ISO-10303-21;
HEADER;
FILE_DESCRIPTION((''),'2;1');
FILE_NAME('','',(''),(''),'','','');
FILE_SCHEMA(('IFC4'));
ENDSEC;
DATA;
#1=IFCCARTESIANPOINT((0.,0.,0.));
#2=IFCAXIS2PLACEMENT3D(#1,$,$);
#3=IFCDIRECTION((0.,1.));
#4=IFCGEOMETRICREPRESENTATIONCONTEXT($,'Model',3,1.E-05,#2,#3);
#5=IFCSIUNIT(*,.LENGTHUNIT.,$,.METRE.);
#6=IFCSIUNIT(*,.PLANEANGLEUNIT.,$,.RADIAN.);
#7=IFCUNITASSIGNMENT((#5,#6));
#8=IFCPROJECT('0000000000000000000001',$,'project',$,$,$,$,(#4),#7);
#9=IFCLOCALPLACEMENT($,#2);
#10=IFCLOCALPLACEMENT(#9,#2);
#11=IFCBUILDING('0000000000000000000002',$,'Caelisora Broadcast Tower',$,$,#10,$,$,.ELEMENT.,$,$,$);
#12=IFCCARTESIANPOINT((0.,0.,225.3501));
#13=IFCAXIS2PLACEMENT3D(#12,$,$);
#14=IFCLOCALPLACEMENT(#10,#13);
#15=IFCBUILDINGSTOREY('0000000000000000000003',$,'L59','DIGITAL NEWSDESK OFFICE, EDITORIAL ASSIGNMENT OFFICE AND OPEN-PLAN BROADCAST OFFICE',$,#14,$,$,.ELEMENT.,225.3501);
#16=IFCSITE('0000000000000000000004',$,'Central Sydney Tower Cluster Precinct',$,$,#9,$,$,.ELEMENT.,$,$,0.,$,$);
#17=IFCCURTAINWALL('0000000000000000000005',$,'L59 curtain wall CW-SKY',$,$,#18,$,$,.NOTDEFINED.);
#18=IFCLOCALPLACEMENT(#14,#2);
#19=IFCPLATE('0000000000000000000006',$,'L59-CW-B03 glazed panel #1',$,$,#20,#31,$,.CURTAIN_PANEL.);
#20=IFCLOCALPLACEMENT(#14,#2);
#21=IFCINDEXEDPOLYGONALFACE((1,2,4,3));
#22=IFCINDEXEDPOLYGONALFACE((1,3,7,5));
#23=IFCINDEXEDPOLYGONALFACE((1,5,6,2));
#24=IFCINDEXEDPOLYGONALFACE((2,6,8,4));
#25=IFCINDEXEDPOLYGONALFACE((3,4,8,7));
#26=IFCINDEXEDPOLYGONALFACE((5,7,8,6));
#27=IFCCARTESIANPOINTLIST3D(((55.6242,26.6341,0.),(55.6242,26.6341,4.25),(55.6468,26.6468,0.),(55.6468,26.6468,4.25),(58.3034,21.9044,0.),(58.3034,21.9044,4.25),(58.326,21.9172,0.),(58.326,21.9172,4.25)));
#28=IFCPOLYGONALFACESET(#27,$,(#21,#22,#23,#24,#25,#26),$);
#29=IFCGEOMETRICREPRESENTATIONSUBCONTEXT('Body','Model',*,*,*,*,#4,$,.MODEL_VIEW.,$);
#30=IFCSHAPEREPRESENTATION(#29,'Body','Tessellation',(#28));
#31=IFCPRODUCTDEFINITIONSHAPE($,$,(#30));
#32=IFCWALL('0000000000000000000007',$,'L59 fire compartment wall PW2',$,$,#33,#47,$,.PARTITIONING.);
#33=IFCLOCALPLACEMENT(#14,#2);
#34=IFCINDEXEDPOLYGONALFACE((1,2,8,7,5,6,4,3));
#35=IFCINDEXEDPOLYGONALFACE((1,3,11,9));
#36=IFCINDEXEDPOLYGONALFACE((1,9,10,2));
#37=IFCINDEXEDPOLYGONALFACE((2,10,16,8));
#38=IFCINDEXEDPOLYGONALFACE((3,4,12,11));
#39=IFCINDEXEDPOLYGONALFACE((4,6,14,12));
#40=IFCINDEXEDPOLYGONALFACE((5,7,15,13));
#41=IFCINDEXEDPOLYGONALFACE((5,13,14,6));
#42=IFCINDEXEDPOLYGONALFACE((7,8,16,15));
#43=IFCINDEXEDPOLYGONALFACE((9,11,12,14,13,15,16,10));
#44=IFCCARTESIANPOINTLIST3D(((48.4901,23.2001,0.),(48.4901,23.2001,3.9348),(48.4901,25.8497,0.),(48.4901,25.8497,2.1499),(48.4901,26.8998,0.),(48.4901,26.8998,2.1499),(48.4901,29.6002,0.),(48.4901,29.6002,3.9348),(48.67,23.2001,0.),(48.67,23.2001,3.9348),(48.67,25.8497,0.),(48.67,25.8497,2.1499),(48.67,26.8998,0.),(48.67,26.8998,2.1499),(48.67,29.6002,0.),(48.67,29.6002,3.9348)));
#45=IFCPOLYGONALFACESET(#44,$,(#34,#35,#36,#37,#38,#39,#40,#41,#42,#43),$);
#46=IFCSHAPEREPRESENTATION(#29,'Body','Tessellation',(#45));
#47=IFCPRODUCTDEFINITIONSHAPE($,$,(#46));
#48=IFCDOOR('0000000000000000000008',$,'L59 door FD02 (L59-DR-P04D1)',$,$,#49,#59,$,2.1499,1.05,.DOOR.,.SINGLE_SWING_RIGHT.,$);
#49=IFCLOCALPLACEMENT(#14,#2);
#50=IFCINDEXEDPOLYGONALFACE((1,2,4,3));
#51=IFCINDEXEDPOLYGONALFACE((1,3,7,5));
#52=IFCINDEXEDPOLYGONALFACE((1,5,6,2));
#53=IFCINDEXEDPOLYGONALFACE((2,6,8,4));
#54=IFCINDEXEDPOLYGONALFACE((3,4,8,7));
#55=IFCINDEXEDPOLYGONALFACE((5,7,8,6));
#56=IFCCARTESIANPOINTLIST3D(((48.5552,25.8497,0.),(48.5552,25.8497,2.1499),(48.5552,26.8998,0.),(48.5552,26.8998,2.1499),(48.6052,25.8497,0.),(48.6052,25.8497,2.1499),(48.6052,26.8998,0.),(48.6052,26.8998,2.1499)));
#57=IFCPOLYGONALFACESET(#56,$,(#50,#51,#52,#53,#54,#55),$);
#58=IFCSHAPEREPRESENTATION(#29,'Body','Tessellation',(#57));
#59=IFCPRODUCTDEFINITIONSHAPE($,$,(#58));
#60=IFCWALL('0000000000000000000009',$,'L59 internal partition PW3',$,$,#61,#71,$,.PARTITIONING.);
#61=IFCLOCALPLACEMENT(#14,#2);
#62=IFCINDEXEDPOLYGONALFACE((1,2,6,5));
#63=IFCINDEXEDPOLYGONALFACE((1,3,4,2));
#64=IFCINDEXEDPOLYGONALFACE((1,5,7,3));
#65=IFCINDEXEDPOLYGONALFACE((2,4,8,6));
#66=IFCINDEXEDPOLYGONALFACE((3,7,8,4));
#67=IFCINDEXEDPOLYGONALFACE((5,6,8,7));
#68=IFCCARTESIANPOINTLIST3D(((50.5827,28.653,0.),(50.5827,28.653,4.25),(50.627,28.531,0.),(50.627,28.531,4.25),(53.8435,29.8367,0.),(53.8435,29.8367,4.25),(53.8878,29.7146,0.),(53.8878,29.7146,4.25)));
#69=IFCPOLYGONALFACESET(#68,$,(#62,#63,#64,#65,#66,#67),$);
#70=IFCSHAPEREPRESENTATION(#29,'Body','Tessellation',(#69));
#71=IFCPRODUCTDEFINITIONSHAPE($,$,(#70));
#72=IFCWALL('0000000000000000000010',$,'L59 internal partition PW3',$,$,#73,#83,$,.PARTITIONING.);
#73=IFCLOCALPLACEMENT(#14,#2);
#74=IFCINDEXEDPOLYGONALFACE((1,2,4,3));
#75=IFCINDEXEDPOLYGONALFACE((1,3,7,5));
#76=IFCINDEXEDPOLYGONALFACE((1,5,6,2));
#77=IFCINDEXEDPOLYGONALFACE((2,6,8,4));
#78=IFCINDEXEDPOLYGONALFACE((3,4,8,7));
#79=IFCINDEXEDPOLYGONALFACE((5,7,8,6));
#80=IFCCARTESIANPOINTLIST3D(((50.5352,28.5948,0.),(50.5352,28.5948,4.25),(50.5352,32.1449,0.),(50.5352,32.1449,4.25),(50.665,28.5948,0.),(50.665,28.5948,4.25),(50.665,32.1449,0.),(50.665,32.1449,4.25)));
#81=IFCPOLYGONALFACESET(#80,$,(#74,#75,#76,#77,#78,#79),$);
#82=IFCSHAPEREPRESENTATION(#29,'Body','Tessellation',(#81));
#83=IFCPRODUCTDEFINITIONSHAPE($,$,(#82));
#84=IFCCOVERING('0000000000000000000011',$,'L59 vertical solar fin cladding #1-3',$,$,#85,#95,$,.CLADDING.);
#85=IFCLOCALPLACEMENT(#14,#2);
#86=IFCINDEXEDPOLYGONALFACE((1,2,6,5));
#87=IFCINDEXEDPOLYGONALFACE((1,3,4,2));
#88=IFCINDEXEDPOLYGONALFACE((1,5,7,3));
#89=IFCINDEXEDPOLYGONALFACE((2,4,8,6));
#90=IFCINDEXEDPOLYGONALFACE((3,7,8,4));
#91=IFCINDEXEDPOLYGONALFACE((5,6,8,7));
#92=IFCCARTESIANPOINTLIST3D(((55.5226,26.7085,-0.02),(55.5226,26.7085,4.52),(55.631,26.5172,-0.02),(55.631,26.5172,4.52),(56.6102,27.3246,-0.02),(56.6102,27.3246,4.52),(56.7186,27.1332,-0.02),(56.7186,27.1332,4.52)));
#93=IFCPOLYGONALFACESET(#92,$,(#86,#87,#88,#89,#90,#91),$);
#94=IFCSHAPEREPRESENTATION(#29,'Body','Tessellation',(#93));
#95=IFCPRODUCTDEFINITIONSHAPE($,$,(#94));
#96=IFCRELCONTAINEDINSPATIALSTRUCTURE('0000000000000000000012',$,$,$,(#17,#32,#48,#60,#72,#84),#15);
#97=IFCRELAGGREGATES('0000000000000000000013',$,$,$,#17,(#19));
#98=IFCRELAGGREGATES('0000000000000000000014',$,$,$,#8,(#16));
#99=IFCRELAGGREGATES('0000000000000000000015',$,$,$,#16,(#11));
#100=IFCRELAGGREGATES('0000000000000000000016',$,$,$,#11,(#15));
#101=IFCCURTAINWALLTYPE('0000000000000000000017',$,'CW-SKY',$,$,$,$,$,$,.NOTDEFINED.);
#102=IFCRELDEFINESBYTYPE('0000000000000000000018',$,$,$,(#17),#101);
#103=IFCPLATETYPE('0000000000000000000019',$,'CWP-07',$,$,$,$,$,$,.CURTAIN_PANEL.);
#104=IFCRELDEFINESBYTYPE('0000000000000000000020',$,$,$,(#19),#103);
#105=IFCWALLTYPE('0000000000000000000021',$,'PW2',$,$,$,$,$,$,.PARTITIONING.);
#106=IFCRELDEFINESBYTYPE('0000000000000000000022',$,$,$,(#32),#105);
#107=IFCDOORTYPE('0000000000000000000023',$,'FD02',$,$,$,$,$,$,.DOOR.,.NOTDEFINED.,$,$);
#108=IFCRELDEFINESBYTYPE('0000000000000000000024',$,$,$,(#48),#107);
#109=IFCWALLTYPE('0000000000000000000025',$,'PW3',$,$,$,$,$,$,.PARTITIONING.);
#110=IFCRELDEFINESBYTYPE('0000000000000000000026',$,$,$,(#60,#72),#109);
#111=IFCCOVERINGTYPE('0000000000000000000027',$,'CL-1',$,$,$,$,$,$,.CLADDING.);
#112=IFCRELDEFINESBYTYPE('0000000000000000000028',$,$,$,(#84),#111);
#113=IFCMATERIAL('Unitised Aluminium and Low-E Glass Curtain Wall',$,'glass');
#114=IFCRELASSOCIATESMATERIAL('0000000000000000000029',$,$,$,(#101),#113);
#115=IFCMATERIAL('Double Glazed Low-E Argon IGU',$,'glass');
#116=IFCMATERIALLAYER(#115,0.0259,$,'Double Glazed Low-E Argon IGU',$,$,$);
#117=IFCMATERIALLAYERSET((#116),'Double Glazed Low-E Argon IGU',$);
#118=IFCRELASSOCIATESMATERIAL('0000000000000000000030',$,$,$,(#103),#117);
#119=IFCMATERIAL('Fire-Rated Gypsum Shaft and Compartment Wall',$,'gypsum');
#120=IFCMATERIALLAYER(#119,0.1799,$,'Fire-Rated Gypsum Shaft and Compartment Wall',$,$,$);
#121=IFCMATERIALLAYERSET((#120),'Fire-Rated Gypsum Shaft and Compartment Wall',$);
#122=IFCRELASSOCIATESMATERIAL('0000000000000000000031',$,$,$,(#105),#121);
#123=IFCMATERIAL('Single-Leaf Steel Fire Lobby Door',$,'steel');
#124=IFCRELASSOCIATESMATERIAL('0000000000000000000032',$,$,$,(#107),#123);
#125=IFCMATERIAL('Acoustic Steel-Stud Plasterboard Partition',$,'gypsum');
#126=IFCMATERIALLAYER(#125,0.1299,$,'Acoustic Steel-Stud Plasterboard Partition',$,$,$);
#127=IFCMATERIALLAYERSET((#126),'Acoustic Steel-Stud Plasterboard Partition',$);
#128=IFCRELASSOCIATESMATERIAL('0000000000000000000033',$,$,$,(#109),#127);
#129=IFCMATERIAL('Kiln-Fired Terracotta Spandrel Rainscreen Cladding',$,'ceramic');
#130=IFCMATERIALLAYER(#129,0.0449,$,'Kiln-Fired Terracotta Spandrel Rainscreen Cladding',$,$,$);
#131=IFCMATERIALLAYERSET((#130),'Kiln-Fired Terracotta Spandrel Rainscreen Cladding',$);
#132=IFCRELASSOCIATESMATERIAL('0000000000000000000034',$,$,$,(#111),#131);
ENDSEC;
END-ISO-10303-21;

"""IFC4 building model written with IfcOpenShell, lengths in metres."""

from ifc_helpers import new_model, si_unit, direction, frame, frame_2d, origin, origin_2d, place, context, subcontext, project, spatial, rectangle, extrude, source, transform, mapped, material, layer, layer_set, type_object, type_shapes, element, fill, aggregate, save


model = new_model("IFC4")

# Units and contexts
model_context = context("Model", 3, precision=1e-05, world=origin(), true_north=direction((0.0, 1.0)))
body_context = subcontext(model_context, "Body", "Model", "MODEL_VIEW")
ifc_project = project(units=[si_unit("LENGTHUNIT", "METRE"), si_unit("PLANEANGLEUNIT", "RADIAN")], contexts=[model_context])

# Site, building, storey
site_placement = place(None, origin())
site = spatial("IfcSite", under=ifc_project, at=site_placement, Name="Central Sydney Tower Cluster Precinct", CompositionType="ELEMENT", RefElevation=0.0)
building_placement = place(site_placement, origin())
building = spatial("IfcBuilding", under=site, at=building_placement, Name="Caelisora Broadcast Tower", CompositionType="ELEMENT")
storey_placement = place(building_placement, frame((0.0, 0.0, 225.3501)))
storey = spatial("IfcBuildingStorey", under=building, at=storey_placement, Name="L59", Description="DIGITAL NEWSDESK OFFICE, EDITORIAL ASSIGNMENT OFFICE AND OPEN-PLAN BROADCAST OFFICE", CompositionType="ELEMENT", Elevation=225.3501)

# Curtain wall
ifc_material_1 = material(Name="Unitised Aluminium and Low-E Glass Curtain Wall", Category="glass")
curtain_wall_type_1 = type_object("IfcCurtainWallType", Name="CW-SKY", PredefinedType="NOTDEFINED", material=ifc_material_1)
curtain_wall_1_placement = place(storey_placement, origin())
curtain_wall_1 = element("IfcCurtainWall", 1, at=curtain_wall_1_placement, inside=storey, type_object=curtain_wall_type_1, Name="L59 curtain wall CW-SKY", PredefinedType="NOTDEFINED")

# Plate
ifc_material_2 = material(Name="Double Glazed Low-E Argon IGU", Category="glass")
ifc_layer_1 = layer(ifc_material_2, 0.0259, Name="Double Glazed Low-E Argon IGU")
ifc_layer_set_1 = layer_set([ifc_layer_1], Name="Double Glazed Low-E Argon IGU")
plate_type_1 = type_object("IfcPlateType", Name="CWP-07", PredefinedType="CURTAIN_PANEL", material=ifc_layer_set_1)
shared_shape_1 = source(origin(), body_context, "Body", "SweptSolid", [
    extrude(rectangle(XDim=5.4358, YDim=0.0259, at=origin_2d()), origin(), (0.0, 0.0, 1.0), 4.25),
])
type_shapes(plate_type_1, [shared_shape_1])
plate_1_placement = place(storey_placement, frame((56.9751, 24.2756, 0.0), z_axis=(0.0, 0.0, 1.0), x_axis=(0.492879, -0.870098, 0.0)))
plate_1 = element("IfcPlate", 2, at=plate_1_placement, type_object=plate_type_1, Name="L59-CW-B03 glazed panel #1", PredefinedType="CURTAIN_PANEL", context=body_context, shape_type="MappedRepresentation", body=[
    mapped(shared_shape_1, transform((0.0, 0.0, 0.0), scale=1.0)),
])
aggregate(curtain_wall_1, [plate_1])

# Wall, opening, door
ifc_material_3 = material(Name="Fire-Rated Gypsum Shaft and Compartment Wall", Category="gypsum")
ifc_layer_2 = layer(ifc_material_3, 0.1799, Name="Fire-Rated Gypsum Shaft and Compartment Wall")
ifc_layer_set_2 = layer_set([ifc_layer_2], Name="Fire-Rated Gypsum Shaft and Compartment Wall")
wall_type_1 = type_object("IfcWallType", Name="PW2", PredefinedType="PARTITIONING", material=ifc_layer_set_2)
wall_1_placement = place(storey_placement, frame((48.5801, 23.2, 0.0), z_axis=(0.0, 0.0, 1.0), x_axis=(0.0, 1.0, 0.0)))
wall_1 = element("IfcWall", 3, at=wall_1_placement, inside=storey, type_object=wall_type_1, Name="L59 fire compartment wall PW2", PredefinedType="PARTITIONING", context=body_context, shape_type="SweptSolid", body=[
    extrude(rectangle(XDim=6.4001, YDim=0.1799, at=frame_2d((3.2002, 0.0))), origin(), (0.0, 0.0, 1.0), 3.9348),
])
opening_placement = place(wall_1_placement, frame((2.6499, 0.0, 0.0)))
opening = element("IfcOpeningElement", 4, at=opening_placement, cuts=wall_1, PredefinedType="OPENING", context=body_context, shape_type="SweptSolid", body=[
    extrude(rectangle(XDim=1.05, YDim=2.1499, at=frame_2d((0.5249, 1.075))), frame((0.0, 0.1021, 0.0), z_axis=(0.0, -1.0, 0.0), x_axis=(1.0, 0.0, 0.0)), (0.0, 0.0, 1.0), 0.2039),
])
ifc_material_4 = material(Name="Single-Leaf Steel Fire Lobby Door", Category="steel")
door_type = type_object("IfcDoorType", Name="FD02", OperationType="NOTDEFINED", PredefinedType="DOOR", material=ifc_material_4)
door_placement = place(opening_placement, origin())
door = element("IfcDoor", 5, at=door_placement, inside=storey, type_object=door_type, Name="L59 door FD02 (L59-DR-P04D1)", OperationType="SINGLE_SWING_RIGHT", OverallHeight=2.1499, OverallWidth=1.05, PredefinedType="DOOR", context=body_context, shape_type="SweptSolid", body=[
    extrude(rectangle(XDim=1.05, YDim=2.1499, at=frame_2d((0.5249, 1.075))), frame((0.0, 0.0249, 0.0), z_axis=(0.0, -1.0, 0.0), x_axis=(1.0, 0.0, 0.0)), (0.0, 0.0, 1.0), 0.05),
])
fill(opening, door)

# Walls
ifc_material_5 = material(Name="Acoustic Steel-Stud Plasterboard Partition", Category="gypsum")
ifc_layer_3 = layer(ifc_material_5, 0.1299, Name="Acoustic Steel-Stud Plasterboard Partition")
ifc_layer_set_3 = layer_set([ifc_layer_3], Name="Acoustic Steel-Stud Plasterboard Partition")
wall_type_2 = type_object("IfcWallType", Name="PW3", PredefinedType="PARTITIONING", material=ifc_layer_set_3)
wall_2_placement = place(storey_placement, frame((50.605, 28.592, 0.0), z_axis=(0.0, 0.0, 1.0), x_axis=(0.939991, 0.341201, 0.0)))
element("IfcWall", 6, at=wall_2_placement, inside=storey, type_object=wall_type_2, Name="L59 internal partition PW3", PredefinedType="PARTITIONING", context=body_context, shape_type="SweptSolid", body=[
    extrude(rectangle(XDim=3.469, YDim=0.1299, at=frame_2d((1.7344, 0.0))), origin(), (0.0, 0.0, 1.0), 4.25),
])
wall_3_placement = place(storey_placement, frame((50.6001, 28.595, 0.0), z_axis=(0.0, 0.0, 1.0), x_axis=(0.0, 1.0, 0.0)))
element("IfcWall", 7, at=wall_3_placement, inside=storey, type_object=wall_type_2, Name="L59 internal partition PW3", PredefinedType="PARTITIONING", context=body_context, shape_type="SweptSolid", body=[
    extrude(rectangle(XDim=3.55, YDim=0.1299, at=frame_2d((1.7749, 0.0))), origin(), (0.0, 0.0, 1.0), 4.25),
])

# Covering
ifc_material_6 = material(Name="Kiln-Fired Terracotta Spandrel Rainscreen Cladding", Category="ceramic")
ifc_layer_4 = layer(ifc_material_6, 0.0449, Name="Kiln-Fired Terracotta Spandrel Rainscreen Cladding")
ifc_layer_set_4 = layer_set([ifc_layer_4], Name="Kiln-Fired Terracotta Spandrel Rainscreen Cladding")
covering_type = type_object("IfcCoveringType", Name="CL-1", PredefinedType="CLADDING", material=ifc_layer_set_4)
shared_shape_2 = source(origin(), body_context, "Body", "SweptSolid", [
    extrude(rectangle(XDim=0.22, YDim=1.25, at=origin_2d()), origin(), (0.0, 0.0, 1.0), 4.54),
])
type_shapes(covering_type, [shared_shape_2])
covering_placement = place(storey_placement, frame((56.1206, 26.9209, -0.02), z_axis=(0.0, 0.0, 1.0), x_axis=(0.492879, -0.870098, 0.0)))
element("IfcCovering", 8, at=covering_placement, inside=storey, type_object=covering_type, Name="L59 vertical solar fin cladding #1-3", PredefinedType="CLADDING", context=body_context, shape_type="MappedRepresentation", body=[
    mapped(shared_shape_2, transform((0.0, 0.0, 0.0), scale=1.0)),
])

save(model, "model.ifc")
